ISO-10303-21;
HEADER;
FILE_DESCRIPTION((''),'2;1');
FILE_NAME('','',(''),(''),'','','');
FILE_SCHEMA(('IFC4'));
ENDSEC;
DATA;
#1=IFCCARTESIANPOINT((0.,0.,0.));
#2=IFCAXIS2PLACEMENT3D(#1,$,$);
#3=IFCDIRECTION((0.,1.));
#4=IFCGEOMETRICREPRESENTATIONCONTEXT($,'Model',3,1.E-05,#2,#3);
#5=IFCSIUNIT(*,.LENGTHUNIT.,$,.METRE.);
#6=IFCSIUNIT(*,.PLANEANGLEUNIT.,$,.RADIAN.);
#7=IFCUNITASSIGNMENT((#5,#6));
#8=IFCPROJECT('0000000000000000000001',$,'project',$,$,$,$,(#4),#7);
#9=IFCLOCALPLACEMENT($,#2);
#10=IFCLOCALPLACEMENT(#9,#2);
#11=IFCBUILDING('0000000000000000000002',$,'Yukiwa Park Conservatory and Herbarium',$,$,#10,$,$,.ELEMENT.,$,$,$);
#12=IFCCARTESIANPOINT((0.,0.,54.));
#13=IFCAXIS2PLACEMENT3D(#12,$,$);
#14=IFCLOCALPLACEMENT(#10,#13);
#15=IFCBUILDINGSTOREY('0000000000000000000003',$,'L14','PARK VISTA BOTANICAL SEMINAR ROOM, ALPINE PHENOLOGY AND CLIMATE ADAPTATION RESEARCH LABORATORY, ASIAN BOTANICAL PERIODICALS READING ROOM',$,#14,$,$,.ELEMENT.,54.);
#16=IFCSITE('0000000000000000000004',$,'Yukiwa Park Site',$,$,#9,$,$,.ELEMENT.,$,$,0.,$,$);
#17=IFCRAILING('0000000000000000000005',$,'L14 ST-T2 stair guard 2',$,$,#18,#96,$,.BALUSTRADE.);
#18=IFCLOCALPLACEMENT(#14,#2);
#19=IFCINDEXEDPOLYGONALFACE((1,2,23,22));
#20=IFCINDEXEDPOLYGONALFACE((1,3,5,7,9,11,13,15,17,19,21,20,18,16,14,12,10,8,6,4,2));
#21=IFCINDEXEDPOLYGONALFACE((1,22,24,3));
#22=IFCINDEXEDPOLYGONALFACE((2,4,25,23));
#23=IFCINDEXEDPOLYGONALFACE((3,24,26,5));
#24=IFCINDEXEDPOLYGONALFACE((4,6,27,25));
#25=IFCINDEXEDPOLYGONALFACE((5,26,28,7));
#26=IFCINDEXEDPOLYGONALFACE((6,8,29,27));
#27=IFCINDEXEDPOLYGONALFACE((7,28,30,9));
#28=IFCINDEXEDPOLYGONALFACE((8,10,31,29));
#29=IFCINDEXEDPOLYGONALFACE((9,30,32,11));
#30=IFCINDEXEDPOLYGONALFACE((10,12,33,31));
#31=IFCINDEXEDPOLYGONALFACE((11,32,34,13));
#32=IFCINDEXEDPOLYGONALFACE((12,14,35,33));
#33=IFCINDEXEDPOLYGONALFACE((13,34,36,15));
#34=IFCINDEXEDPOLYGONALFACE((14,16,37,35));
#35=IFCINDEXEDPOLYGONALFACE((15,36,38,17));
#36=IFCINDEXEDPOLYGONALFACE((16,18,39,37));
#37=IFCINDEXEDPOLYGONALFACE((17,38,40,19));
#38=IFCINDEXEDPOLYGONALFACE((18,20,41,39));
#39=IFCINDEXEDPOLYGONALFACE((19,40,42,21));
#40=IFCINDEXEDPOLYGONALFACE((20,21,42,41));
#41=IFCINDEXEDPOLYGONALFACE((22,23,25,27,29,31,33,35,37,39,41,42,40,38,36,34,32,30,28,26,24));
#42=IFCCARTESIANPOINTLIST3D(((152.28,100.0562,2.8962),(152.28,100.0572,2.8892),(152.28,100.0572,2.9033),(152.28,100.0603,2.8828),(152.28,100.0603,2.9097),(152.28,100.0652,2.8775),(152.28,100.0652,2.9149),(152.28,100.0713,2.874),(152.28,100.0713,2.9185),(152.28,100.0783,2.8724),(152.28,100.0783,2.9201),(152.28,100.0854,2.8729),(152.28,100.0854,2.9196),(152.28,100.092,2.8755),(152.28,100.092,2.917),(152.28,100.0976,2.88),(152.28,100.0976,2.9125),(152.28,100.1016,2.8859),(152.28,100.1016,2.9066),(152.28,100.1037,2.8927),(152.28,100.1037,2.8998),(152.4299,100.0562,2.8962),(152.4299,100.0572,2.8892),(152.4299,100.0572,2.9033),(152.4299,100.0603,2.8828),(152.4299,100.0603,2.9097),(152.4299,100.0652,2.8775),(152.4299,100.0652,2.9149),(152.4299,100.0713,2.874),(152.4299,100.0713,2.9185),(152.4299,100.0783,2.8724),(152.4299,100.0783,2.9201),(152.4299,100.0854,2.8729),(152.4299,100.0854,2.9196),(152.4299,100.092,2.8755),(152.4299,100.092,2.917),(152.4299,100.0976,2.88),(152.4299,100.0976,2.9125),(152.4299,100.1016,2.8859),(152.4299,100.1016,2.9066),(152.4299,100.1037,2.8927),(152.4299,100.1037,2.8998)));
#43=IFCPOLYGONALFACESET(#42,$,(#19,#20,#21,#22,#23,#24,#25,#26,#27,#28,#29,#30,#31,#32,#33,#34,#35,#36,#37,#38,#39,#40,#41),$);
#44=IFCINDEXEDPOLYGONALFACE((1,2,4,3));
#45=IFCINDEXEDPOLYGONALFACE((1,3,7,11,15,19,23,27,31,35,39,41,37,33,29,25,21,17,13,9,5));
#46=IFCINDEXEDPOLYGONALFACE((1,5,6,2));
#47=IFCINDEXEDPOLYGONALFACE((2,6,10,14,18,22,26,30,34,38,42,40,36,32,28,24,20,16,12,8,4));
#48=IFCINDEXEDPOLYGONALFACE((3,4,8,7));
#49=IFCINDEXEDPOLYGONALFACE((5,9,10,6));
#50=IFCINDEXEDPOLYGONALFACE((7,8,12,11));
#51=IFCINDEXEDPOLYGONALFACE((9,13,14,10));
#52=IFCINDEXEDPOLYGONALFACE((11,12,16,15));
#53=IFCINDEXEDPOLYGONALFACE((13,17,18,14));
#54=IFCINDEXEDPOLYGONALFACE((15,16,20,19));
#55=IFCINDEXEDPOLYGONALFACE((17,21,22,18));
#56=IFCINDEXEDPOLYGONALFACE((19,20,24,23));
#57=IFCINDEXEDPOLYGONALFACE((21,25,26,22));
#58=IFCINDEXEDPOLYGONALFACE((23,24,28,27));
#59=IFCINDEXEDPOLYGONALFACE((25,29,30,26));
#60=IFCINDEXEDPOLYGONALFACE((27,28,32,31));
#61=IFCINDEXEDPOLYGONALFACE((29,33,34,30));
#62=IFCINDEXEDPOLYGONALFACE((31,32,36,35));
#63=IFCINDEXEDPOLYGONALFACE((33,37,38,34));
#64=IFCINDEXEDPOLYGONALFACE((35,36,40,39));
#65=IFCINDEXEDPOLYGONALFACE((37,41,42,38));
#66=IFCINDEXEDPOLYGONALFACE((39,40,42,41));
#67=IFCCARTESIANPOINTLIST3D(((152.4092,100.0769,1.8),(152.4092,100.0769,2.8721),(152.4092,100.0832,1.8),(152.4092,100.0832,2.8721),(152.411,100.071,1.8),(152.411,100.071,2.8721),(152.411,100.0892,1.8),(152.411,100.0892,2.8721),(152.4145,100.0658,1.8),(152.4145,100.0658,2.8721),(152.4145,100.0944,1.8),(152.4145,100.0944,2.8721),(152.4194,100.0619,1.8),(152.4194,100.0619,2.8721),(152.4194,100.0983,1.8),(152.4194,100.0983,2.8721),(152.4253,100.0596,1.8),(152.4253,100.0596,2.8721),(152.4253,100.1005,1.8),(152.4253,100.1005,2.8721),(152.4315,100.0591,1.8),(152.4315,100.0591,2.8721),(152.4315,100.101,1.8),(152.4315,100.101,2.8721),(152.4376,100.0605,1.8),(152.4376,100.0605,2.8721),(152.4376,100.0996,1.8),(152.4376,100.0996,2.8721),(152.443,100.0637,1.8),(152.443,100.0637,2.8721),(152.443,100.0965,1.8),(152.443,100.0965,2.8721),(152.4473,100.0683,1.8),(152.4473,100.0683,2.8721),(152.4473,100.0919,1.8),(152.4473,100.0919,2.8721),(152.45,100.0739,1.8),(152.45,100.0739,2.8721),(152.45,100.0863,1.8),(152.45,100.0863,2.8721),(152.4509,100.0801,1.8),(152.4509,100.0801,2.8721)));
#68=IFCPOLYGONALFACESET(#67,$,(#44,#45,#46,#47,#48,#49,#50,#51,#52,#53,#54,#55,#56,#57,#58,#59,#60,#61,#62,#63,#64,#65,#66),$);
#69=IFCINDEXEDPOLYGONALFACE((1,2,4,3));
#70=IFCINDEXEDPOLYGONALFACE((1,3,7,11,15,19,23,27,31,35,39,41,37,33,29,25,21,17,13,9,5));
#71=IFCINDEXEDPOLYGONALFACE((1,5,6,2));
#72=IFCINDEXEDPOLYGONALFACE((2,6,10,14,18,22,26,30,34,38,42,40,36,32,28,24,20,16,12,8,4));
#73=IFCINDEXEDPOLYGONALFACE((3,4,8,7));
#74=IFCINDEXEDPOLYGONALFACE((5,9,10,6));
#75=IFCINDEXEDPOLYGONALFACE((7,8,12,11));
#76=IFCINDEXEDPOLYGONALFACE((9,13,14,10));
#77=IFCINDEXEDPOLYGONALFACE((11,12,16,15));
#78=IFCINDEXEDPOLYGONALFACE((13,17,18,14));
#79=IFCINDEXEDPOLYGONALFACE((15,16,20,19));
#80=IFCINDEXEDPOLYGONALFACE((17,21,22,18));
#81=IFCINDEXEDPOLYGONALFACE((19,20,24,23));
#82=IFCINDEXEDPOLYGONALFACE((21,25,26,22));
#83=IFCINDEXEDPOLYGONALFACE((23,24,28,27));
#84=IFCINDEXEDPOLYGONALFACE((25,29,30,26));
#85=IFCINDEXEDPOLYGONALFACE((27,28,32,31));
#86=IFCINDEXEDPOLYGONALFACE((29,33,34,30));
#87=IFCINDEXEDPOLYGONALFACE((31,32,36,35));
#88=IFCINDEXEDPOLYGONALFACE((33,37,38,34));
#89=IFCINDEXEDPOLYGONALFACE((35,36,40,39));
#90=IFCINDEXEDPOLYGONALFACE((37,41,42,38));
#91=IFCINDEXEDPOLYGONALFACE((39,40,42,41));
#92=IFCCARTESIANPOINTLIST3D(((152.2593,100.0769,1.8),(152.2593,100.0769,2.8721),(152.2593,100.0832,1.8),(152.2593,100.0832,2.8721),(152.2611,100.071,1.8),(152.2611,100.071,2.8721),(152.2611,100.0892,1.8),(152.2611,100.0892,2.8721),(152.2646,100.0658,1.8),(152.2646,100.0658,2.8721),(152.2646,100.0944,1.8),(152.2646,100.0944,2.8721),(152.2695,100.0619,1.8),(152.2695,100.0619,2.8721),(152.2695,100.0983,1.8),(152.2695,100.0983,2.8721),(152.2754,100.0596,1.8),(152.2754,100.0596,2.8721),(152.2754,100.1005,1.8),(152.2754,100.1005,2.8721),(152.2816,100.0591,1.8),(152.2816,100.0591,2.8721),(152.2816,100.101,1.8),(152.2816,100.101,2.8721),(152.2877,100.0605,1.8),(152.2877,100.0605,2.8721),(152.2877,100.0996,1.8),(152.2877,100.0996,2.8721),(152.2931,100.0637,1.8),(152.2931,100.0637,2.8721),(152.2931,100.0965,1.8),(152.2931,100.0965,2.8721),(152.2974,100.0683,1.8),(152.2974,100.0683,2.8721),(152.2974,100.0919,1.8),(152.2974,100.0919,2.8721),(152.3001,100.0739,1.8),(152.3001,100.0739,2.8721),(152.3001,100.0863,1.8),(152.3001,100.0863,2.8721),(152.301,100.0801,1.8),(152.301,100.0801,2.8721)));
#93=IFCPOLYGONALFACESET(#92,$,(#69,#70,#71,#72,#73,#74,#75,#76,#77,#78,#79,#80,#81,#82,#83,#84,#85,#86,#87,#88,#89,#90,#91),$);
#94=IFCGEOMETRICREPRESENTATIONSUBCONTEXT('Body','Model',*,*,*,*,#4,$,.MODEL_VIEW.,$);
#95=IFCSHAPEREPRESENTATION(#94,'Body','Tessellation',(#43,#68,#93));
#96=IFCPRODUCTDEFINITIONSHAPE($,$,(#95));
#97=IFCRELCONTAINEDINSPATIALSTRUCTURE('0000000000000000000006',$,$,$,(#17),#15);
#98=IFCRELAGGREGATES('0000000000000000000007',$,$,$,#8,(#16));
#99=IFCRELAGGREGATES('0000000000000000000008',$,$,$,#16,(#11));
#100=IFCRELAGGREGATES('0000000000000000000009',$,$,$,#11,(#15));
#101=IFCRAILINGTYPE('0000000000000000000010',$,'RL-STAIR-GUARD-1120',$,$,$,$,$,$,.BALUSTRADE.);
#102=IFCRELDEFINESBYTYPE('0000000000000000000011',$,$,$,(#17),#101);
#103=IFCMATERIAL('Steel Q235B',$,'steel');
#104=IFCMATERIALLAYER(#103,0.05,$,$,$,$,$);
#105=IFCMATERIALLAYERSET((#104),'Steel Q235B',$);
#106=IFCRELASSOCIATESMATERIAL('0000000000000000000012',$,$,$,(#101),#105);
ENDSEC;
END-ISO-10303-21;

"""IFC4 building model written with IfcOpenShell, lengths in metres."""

from ifc_helpers import new_model, si_unit, direction, frame, origin, origin_2d, place, context, subcontext, project, spatial, circle, extrude, material, layer, layer_set, type_object, element, save


model = new_model("IFC4")

# Units and contexts
model_context = context("Model", 3, precision=1e-05, world=origin(), true_north=direction((0.0, 1.0)))
body_context = subcontext(model_context, "Body", "Model", "MODEL_VIEW")
ifc_project = project(units=[si_unit("LENGTHUNIT", "METRE"), si_unit("PLANEANGLEUNIT", "RADIAN")], contexts=[model_context])

# Site, building, storey
site_placement = place(None, origin())
site = spatial("IfcSite", under=ifc_project, at=site_placement, Name="Yukiwa Park Site", CompositionType="ELEMENT", RefElevation=0.0)
building_placement = place(site_placement, origin())
building = spatial("IfcBuilding", under=site, at=building_placement, Name="Yukiwa Park Conservatory and Herbarium", CompositionType="ELEMENT")
storey_placement = place(building_placement, frame((0.0, 0.0, 54.0)))
storey = spatial("IfcBuildingStorey", under=building, at=storey_placement, Name="L14", Description="PARK VISTA BOTANICAL SEMINAR ROOM, ALPINE PHENOLOGY AND CLIMATE ADAPTATION RESEARCH LABORATORY, ASIAN BOTANICAL PERIODICALS READING ROOM", CompositionType="ELEMENT", Elevation=54.0)

# Railing
ifc_material_1 = material(Name="Steel Q235B", Category="steel")
ifc_layer_1 = layer(ifc_material_1, 0.05)
ifc_layer_set_1 = layer_set([ifc_layer_1], Name="Steel Q235B")
railing_type_1 = type_object("IfcRailingType", Name="RL-STAIR-GUARD-1120", PredefinedType="BALUSTRADE", material=ifc_layer_set_1)
railing_1_placement = place(storey_placement, frame((152.4299, 100.0801, 1.8)))
element("IfcRailing", 1, at=railing_1_placement, inside=storey, type_object=railing_type_1, Name="L14 ST-T2 stair guard 2", PredefinedType="BALUSTRADE", context=body_context, shape_type="SweptSolid", body=[
    extrude(circle(Radius=0.0239, at=origin_2d()), frame((0.0, 0.0, 1.0962), z_axis=(-1.0, 0.0, 0.0), x_axis=(0.0, -1.0, 0.0)), (0.0, 0.0, 1.0), 0.1499),
    extrude(circle(Radius=0.021, at=origin_2d()), origin(), (0.0, 0.0, 1.0), 1.072),
    extrude(circle(Radius=0.021, at=origin_2d()), frame((-0.1499, 0.0, 0.0)), (0.0, 0.0, 1.0), 1.072),
])

save(model, "model.ifc")
